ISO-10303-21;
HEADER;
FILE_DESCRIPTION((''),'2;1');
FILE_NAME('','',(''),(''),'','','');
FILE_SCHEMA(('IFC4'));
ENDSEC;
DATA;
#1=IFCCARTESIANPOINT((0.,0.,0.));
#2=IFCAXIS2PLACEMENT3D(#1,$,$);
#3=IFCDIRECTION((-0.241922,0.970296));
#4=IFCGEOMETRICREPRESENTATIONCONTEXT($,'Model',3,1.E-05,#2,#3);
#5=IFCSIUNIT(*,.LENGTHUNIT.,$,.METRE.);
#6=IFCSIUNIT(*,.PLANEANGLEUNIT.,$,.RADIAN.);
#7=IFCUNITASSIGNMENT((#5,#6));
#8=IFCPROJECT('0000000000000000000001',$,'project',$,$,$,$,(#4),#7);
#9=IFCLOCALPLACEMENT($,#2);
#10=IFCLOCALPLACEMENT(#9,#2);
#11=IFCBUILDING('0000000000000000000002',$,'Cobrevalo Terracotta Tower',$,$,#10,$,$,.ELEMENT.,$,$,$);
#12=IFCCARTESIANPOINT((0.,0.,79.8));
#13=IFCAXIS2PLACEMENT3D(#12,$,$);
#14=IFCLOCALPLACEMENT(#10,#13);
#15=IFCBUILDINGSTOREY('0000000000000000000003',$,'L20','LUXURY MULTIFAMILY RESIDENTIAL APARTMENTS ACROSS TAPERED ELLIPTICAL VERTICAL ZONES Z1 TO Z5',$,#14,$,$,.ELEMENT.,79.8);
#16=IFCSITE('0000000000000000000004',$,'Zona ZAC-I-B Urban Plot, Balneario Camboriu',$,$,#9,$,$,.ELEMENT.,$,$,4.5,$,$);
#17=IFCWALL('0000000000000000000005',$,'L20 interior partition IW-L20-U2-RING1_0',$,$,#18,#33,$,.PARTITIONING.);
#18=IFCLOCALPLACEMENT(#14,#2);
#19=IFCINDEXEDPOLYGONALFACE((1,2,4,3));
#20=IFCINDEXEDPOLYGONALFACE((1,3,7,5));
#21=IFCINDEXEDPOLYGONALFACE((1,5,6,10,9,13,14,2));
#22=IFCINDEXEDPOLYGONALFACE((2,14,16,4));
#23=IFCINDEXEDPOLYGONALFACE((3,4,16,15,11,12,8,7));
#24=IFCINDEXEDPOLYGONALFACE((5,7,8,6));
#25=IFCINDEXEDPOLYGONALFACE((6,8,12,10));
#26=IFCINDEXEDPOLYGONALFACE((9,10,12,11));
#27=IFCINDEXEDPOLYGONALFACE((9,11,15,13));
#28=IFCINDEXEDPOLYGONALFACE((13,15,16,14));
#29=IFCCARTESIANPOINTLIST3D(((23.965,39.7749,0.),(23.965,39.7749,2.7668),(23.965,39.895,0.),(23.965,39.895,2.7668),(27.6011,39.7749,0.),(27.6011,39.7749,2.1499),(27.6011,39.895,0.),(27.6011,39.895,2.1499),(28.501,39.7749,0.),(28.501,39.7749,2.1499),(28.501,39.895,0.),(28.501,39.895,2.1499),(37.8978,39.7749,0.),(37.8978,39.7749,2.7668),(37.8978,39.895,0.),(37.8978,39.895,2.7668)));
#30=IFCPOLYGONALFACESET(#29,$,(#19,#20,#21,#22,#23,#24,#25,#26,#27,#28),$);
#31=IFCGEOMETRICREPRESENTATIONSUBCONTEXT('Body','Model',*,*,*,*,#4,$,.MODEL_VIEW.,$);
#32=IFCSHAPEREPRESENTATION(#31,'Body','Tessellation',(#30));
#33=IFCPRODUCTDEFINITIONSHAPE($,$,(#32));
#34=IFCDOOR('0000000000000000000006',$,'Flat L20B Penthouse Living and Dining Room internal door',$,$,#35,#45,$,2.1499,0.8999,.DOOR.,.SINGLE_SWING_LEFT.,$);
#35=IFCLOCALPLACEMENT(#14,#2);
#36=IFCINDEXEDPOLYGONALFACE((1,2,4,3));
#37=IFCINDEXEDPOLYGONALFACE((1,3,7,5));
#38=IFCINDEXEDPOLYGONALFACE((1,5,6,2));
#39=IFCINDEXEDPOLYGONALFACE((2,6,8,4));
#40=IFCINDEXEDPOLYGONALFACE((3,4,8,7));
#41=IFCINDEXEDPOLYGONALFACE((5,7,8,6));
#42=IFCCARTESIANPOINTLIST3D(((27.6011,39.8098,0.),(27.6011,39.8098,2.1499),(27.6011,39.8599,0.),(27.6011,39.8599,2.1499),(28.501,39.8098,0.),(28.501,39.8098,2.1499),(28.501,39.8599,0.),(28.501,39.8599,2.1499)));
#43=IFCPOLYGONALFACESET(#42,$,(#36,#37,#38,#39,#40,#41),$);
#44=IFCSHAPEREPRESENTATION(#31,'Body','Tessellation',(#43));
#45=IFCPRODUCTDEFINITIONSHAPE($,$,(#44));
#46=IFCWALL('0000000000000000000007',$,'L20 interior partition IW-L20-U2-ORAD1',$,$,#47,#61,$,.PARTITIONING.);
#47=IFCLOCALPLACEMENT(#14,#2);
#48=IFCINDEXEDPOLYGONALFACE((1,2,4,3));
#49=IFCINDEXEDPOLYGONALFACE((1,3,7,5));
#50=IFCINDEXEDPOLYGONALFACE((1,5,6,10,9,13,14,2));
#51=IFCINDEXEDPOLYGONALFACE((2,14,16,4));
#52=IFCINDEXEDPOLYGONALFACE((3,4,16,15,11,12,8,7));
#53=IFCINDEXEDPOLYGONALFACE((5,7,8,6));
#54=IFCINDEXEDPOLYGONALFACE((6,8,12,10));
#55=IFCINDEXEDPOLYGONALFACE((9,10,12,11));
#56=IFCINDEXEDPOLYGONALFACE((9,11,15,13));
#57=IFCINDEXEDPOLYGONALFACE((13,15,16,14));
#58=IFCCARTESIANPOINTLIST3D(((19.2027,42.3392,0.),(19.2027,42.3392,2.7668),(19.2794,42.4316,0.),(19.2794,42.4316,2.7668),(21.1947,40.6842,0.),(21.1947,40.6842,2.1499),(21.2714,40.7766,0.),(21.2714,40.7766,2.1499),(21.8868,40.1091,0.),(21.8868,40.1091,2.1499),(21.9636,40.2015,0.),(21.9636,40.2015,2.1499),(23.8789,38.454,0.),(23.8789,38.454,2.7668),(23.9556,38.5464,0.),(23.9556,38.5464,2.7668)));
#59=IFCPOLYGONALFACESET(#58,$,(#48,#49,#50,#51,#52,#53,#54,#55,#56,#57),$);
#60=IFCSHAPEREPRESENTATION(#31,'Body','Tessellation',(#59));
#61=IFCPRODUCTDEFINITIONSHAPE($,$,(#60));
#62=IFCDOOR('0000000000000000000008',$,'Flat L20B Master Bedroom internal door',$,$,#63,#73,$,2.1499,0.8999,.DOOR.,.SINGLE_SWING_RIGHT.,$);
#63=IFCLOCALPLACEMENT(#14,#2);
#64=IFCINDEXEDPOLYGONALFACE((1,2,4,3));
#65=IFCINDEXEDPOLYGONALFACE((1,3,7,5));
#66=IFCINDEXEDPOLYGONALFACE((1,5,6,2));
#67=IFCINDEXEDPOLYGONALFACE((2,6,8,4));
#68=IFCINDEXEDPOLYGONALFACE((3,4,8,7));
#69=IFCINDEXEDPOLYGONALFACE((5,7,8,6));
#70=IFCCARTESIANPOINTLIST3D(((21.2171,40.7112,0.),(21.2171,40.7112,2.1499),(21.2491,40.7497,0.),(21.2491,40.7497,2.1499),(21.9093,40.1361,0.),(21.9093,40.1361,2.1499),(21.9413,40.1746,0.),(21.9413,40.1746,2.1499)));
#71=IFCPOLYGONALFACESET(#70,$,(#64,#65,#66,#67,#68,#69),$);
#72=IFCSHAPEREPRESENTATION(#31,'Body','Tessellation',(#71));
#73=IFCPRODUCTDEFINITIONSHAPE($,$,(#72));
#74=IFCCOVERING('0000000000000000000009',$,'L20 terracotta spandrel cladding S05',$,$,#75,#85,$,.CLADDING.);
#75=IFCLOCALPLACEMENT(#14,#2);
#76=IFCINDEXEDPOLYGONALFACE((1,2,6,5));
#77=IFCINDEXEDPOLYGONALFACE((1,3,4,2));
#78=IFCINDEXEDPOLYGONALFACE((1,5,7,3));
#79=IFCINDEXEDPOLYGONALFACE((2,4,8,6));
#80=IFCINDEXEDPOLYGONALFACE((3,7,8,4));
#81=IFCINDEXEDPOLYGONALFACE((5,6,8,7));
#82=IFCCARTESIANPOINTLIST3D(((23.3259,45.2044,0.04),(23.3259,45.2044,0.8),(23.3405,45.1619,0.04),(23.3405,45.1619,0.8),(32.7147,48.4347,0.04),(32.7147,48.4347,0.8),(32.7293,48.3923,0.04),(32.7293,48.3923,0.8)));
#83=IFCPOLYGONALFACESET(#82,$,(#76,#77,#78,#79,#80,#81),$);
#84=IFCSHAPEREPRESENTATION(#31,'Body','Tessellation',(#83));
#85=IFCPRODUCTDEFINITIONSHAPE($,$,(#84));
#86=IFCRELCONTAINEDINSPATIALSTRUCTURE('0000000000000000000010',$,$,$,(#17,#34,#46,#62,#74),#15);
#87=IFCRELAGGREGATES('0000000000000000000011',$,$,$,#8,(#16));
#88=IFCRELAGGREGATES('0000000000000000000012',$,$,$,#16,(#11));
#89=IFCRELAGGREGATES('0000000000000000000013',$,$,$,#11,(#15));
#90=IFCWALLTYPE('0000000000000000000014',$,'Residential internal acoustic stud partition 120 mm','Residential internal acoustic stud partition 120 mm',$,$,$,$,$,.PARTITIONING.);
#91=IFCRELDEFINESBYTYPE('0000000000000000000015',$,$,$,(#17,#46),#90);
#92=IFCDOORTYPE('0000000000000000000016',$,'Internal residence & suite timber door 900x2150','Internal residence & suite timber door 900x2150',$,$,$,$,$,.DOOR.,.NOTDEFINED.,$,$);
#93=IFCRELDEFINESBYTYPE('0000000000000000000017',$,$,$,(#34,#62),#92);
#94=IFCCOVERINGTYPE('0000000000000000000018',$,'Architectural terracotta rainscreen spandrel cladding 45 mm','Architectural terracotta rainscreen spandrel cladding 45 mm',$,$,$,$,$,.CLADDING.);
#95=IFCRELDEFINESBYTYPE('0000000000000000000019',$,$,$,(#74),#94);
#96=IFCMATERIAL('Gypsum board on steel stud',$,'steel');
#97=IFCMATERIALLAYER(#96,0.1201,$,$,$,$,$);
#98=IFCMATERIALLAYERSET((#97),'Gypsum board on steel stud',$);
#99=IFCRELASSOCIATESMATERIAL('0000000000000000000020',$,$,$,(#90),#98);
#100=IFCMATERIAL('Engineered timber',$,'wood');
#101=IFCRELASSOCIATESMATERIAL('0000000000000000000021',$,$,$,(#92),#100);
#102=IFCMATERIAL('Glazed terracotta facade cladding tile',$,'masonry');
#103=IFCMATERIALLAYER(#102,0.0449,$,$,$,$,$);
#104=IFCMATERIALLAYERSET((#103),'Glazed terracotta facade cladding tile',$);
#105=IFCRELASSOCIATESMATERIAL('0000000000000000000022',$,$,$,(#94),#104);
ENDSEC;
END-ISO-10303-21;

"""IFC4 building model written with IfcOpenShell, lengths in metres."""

from ifc_helpers import new_model, si_unit, direction, frame, frame_2d, origin, origin_2d, place, context, subcontext, project, spatial, rectangle, extrude, source, transform, mapped, material, layer, layer_set, type_object, element, fill, save


model = new_model("IFC4")

# Units and contexts
model_context = context("Model", 3, precision=1e-05, world=origin(), true_north=direction((-0.241922, 0.970296)))
body_context = subcontext(model_context, "Body", "Model", "MODEL_VIEW")
ifc_project = project(units=[si_unit("LENGTHUNIT", "METRE"), si_unit("PLANEANGLEUNIT", "RADIAN")], contexts=[model_context])

# Site, building, storey
site_placement = place(None, origin())
site = spatial("IfcSite", under=ifc_project, at=site_placement, Name="Zona ZAC-I-B Urban Plot, Balneario Camboriu", CompositionType="ELEMENT", RefElevation=4.5)
building_placement = place(site_placement, origin())
building = spatial("IfcBuilding", under=site, at=building_placement, Name="Cobrevalo Terracotta Tower", CompositionType="ELEMENT")
storey_placement = place(building_placement, frame((0.0, 0.0, 79.8)))
storey = spatial("IfcBuildingStorey", under=building, at=storey_placement, Name="L20", Description="LUXURY MULTIFAMILY RESIDENTIAL APARTMENTS ACROSS TAPERED ELLIPTICAL VERTICAL ZONES Z1 TO Z5", CompositionType="ELEMENT", Elevation=79.8)

# Shared definitions
ifc_material_1 = material(Name="Gypsum board on steel stud", Category="steel")

# Walls, openings, doors
ifc_layer_1 = layer(ifc_material_1, 0.1201)
ifc_layer_set_1 = layer_set([ifc_layer_1], Name="Gypsum board on steel stud")
wall_type_1 = type_object("IfcWallType", Name="Residential internal acoustic stud partition 120 mm", Description="Residential internal acoustic stud partition 120 mm", PredefinedType="PARTITIONING", material=ifc_layer_set_1)
wall_1_placement = place(storey_placement, frame((23.9651, 39.835, 0.0), z_axis=(0.0, 0.0, 1.0), x_axis=(1.0, 0.0, 0.0)))
wall_1 = element("IfcWall", 1, at=wall_1_placement, inside=storey, type_object=wall_type_1, Name="L20 interior partition IW-L20-U2-RING1_0", PredefinedType="PARTITIONING", context=body_context, shape_type="SweptSolid", body=[
    extrude(rectangle(XDim=13.9329, YDim=0.1201, at=frame_2d((6.9663, 0.0))), origin(), (0.0, 0.0, 1.0), 2.7668),
])
opening_1_placement = place(wall_1_placement, frame((3.636, 0.0, 0.0)))
opening_1 = element("IfcOpeningElement", 2, at=opening_1_placement, cuts=wall_1, PredefinedType="OPENING", context=body_context, shape_type="SweptSolid", body=[
    extrude(rectangle(XDim=0.8999, YDim=2.1499, at=frame_2d((0.45, 1.075))), frame((0.0, 0.0701, 0.0), z_axis=(0.0, -1.0, 0.0), x_axis=(1.0, 0.0, 0.0)), (0.0, 0.0, 1.0), 0.1401),
])
ifc_material_2 = material(Name="Engineered timber", Category="wood")
door_type_1 = type_object("IfcDoorType", Name="Internal residence & suite timber door 900x2150", Description="Internal residence & suite timber door 900x2150", OperationType="NOTDEFINED", PredefinedType="DOOR", material=ifc_material_2)
shared_shape_1 = source(origin(), body_context, "Body", "SweptSolid", [
    extrude(rectangle(XDim=0.8999, YDim=2.1499, at=frame_2d((0.45, 1.075))), frame((0.0, 0.0249, 0.0), z_axis=(0.0, -1.0, 0.0), x_axis=(1.0, 0.0, 0.0)), (0.0, 0.0, 1.0), 0.05),
])
door_1_placement = place(opening_1_placement, origin())
door_1 = element("IfcDoor", 3, at=door_1_placement, inside=storey, type_object=door_type_1, Name="Flat L20B Penthouse Living and Dining Room internal door", OperationType="SINGLE_SWING_LEFT", OverallHeight=2.1499, OverallWidth=0.8999, PredefinedType="DOOR", context=body_context, shape_type="MappedRepresentation", body=[
    mapped(shared_shape_1, transform((0.0, 0.0, 0.0), scale=1.0)),
])
fill(opening_1, door_1)
wall_2_placement = place(storey_placement, frame((23.9172, 38.5002, 0.0), z_axis=(0.0, 0.0, 1.0), x_axis=(-0.769162, 0.639054, 0.0)))
wall_2 = element("IfcWall", 4, at=wall_2_placement, inside=storey, type_object=wall_type_1, Name="L20 interior partition IW-L20-U2-ORAD1", PredefinedType="PARTITIONING", context=body_context, shape_type="SweptSolid", body=[
    extrude(rectangle(XDim=6.0796, YDim=0.1201, at=frame_2d((3.0398, 0.0))), origin(), (0.0, 0.0, 1.0), 2.7668),
])
opening_2_placement = place(wall_2_placement, frame((2.5898, 0.0, 0.0)))
opening_2 = element("IfcOpeningElement", 5, at=opening_2_placement, cuts=wall_2, PredefinedType="OPENING", context=body_context, shape_type="SweptSolid", body=[
    extrude(rectangle(XDim=0.8999, YDim=2.1499, at=frame_2d((0.45, 1.075))), frame((0.0, 0.0701, 0.0), z_axis=(0.0, -1.0, 0.0), x_axis=(1.0, 0.0, 0.0)), (0.0, 0.0, 1.0), 0.1401),
])
door_2_placement = place(opening_2_placement, origin())
door_2 = element("IfcDoor", 6, at=door_2_placement, inside=storey, type_object=door_type_1, Name="Flat L20B Master Bedroom internal door", OperationType="SINGLE_SWING_RIGHT", OverallHeight=2.1499, OverallWidth=0.8999, PredefinedType="DOOR", context=body_context, shape_type="MappedRepresentation", body=[
    mapped(shared_shape_1, transform((0.0, 0.0, 0.0), scale=1.0)),
])
fill(opening_2, door_2)

# Covering
ifc_material_3 = material(Name="Glazed terracotta facade cladding tile", Category="masonry")
ifc_layer_2 = layer(ifc_material_3, 0.0449)
ifc_layer_set_2 = layer_set([ifc_layer_2], Name="Glazed terracotta facade cladding tile")
covering_type = type_object("IfcCoveringType", Name="Architectural terracotta rainscreen spandrel cladding 45 mm", Description="Architectural terracotta rainscreen spandrel cladding 45 mm", PredefinedType="CLADDING", material=ifc_layer_set_2)
shared_shape_2 = source(origin(), body_context, "Body", "SweptSolid", [
    extrude(rectangle(XDim=9.929, YDim=0.0449, at=origin_2d()), origin(), (0.0, 0.0, 1.0), 0.76),
])
covering_placement = place(storey_placement, frame((28.0276, 46.7983, 0.04), z_axis=(0.0, 0.0, 1.0), x_axis=(-0.945596, -0.325342, 0.0)))
element("IfcCovering", 7, at=covering_placement, inside=storey, type_object=covering_type, Name="L20 terracotta spandrel cladding S05", PredefinedType="CLADDING", context=body_context, shape_type="MappedRepresentation", body=[
    mapped(shared_shape_2, transform((0.0, 0.0, 0.0), scale=1.0)),
])

save(model, "model.ifc")
